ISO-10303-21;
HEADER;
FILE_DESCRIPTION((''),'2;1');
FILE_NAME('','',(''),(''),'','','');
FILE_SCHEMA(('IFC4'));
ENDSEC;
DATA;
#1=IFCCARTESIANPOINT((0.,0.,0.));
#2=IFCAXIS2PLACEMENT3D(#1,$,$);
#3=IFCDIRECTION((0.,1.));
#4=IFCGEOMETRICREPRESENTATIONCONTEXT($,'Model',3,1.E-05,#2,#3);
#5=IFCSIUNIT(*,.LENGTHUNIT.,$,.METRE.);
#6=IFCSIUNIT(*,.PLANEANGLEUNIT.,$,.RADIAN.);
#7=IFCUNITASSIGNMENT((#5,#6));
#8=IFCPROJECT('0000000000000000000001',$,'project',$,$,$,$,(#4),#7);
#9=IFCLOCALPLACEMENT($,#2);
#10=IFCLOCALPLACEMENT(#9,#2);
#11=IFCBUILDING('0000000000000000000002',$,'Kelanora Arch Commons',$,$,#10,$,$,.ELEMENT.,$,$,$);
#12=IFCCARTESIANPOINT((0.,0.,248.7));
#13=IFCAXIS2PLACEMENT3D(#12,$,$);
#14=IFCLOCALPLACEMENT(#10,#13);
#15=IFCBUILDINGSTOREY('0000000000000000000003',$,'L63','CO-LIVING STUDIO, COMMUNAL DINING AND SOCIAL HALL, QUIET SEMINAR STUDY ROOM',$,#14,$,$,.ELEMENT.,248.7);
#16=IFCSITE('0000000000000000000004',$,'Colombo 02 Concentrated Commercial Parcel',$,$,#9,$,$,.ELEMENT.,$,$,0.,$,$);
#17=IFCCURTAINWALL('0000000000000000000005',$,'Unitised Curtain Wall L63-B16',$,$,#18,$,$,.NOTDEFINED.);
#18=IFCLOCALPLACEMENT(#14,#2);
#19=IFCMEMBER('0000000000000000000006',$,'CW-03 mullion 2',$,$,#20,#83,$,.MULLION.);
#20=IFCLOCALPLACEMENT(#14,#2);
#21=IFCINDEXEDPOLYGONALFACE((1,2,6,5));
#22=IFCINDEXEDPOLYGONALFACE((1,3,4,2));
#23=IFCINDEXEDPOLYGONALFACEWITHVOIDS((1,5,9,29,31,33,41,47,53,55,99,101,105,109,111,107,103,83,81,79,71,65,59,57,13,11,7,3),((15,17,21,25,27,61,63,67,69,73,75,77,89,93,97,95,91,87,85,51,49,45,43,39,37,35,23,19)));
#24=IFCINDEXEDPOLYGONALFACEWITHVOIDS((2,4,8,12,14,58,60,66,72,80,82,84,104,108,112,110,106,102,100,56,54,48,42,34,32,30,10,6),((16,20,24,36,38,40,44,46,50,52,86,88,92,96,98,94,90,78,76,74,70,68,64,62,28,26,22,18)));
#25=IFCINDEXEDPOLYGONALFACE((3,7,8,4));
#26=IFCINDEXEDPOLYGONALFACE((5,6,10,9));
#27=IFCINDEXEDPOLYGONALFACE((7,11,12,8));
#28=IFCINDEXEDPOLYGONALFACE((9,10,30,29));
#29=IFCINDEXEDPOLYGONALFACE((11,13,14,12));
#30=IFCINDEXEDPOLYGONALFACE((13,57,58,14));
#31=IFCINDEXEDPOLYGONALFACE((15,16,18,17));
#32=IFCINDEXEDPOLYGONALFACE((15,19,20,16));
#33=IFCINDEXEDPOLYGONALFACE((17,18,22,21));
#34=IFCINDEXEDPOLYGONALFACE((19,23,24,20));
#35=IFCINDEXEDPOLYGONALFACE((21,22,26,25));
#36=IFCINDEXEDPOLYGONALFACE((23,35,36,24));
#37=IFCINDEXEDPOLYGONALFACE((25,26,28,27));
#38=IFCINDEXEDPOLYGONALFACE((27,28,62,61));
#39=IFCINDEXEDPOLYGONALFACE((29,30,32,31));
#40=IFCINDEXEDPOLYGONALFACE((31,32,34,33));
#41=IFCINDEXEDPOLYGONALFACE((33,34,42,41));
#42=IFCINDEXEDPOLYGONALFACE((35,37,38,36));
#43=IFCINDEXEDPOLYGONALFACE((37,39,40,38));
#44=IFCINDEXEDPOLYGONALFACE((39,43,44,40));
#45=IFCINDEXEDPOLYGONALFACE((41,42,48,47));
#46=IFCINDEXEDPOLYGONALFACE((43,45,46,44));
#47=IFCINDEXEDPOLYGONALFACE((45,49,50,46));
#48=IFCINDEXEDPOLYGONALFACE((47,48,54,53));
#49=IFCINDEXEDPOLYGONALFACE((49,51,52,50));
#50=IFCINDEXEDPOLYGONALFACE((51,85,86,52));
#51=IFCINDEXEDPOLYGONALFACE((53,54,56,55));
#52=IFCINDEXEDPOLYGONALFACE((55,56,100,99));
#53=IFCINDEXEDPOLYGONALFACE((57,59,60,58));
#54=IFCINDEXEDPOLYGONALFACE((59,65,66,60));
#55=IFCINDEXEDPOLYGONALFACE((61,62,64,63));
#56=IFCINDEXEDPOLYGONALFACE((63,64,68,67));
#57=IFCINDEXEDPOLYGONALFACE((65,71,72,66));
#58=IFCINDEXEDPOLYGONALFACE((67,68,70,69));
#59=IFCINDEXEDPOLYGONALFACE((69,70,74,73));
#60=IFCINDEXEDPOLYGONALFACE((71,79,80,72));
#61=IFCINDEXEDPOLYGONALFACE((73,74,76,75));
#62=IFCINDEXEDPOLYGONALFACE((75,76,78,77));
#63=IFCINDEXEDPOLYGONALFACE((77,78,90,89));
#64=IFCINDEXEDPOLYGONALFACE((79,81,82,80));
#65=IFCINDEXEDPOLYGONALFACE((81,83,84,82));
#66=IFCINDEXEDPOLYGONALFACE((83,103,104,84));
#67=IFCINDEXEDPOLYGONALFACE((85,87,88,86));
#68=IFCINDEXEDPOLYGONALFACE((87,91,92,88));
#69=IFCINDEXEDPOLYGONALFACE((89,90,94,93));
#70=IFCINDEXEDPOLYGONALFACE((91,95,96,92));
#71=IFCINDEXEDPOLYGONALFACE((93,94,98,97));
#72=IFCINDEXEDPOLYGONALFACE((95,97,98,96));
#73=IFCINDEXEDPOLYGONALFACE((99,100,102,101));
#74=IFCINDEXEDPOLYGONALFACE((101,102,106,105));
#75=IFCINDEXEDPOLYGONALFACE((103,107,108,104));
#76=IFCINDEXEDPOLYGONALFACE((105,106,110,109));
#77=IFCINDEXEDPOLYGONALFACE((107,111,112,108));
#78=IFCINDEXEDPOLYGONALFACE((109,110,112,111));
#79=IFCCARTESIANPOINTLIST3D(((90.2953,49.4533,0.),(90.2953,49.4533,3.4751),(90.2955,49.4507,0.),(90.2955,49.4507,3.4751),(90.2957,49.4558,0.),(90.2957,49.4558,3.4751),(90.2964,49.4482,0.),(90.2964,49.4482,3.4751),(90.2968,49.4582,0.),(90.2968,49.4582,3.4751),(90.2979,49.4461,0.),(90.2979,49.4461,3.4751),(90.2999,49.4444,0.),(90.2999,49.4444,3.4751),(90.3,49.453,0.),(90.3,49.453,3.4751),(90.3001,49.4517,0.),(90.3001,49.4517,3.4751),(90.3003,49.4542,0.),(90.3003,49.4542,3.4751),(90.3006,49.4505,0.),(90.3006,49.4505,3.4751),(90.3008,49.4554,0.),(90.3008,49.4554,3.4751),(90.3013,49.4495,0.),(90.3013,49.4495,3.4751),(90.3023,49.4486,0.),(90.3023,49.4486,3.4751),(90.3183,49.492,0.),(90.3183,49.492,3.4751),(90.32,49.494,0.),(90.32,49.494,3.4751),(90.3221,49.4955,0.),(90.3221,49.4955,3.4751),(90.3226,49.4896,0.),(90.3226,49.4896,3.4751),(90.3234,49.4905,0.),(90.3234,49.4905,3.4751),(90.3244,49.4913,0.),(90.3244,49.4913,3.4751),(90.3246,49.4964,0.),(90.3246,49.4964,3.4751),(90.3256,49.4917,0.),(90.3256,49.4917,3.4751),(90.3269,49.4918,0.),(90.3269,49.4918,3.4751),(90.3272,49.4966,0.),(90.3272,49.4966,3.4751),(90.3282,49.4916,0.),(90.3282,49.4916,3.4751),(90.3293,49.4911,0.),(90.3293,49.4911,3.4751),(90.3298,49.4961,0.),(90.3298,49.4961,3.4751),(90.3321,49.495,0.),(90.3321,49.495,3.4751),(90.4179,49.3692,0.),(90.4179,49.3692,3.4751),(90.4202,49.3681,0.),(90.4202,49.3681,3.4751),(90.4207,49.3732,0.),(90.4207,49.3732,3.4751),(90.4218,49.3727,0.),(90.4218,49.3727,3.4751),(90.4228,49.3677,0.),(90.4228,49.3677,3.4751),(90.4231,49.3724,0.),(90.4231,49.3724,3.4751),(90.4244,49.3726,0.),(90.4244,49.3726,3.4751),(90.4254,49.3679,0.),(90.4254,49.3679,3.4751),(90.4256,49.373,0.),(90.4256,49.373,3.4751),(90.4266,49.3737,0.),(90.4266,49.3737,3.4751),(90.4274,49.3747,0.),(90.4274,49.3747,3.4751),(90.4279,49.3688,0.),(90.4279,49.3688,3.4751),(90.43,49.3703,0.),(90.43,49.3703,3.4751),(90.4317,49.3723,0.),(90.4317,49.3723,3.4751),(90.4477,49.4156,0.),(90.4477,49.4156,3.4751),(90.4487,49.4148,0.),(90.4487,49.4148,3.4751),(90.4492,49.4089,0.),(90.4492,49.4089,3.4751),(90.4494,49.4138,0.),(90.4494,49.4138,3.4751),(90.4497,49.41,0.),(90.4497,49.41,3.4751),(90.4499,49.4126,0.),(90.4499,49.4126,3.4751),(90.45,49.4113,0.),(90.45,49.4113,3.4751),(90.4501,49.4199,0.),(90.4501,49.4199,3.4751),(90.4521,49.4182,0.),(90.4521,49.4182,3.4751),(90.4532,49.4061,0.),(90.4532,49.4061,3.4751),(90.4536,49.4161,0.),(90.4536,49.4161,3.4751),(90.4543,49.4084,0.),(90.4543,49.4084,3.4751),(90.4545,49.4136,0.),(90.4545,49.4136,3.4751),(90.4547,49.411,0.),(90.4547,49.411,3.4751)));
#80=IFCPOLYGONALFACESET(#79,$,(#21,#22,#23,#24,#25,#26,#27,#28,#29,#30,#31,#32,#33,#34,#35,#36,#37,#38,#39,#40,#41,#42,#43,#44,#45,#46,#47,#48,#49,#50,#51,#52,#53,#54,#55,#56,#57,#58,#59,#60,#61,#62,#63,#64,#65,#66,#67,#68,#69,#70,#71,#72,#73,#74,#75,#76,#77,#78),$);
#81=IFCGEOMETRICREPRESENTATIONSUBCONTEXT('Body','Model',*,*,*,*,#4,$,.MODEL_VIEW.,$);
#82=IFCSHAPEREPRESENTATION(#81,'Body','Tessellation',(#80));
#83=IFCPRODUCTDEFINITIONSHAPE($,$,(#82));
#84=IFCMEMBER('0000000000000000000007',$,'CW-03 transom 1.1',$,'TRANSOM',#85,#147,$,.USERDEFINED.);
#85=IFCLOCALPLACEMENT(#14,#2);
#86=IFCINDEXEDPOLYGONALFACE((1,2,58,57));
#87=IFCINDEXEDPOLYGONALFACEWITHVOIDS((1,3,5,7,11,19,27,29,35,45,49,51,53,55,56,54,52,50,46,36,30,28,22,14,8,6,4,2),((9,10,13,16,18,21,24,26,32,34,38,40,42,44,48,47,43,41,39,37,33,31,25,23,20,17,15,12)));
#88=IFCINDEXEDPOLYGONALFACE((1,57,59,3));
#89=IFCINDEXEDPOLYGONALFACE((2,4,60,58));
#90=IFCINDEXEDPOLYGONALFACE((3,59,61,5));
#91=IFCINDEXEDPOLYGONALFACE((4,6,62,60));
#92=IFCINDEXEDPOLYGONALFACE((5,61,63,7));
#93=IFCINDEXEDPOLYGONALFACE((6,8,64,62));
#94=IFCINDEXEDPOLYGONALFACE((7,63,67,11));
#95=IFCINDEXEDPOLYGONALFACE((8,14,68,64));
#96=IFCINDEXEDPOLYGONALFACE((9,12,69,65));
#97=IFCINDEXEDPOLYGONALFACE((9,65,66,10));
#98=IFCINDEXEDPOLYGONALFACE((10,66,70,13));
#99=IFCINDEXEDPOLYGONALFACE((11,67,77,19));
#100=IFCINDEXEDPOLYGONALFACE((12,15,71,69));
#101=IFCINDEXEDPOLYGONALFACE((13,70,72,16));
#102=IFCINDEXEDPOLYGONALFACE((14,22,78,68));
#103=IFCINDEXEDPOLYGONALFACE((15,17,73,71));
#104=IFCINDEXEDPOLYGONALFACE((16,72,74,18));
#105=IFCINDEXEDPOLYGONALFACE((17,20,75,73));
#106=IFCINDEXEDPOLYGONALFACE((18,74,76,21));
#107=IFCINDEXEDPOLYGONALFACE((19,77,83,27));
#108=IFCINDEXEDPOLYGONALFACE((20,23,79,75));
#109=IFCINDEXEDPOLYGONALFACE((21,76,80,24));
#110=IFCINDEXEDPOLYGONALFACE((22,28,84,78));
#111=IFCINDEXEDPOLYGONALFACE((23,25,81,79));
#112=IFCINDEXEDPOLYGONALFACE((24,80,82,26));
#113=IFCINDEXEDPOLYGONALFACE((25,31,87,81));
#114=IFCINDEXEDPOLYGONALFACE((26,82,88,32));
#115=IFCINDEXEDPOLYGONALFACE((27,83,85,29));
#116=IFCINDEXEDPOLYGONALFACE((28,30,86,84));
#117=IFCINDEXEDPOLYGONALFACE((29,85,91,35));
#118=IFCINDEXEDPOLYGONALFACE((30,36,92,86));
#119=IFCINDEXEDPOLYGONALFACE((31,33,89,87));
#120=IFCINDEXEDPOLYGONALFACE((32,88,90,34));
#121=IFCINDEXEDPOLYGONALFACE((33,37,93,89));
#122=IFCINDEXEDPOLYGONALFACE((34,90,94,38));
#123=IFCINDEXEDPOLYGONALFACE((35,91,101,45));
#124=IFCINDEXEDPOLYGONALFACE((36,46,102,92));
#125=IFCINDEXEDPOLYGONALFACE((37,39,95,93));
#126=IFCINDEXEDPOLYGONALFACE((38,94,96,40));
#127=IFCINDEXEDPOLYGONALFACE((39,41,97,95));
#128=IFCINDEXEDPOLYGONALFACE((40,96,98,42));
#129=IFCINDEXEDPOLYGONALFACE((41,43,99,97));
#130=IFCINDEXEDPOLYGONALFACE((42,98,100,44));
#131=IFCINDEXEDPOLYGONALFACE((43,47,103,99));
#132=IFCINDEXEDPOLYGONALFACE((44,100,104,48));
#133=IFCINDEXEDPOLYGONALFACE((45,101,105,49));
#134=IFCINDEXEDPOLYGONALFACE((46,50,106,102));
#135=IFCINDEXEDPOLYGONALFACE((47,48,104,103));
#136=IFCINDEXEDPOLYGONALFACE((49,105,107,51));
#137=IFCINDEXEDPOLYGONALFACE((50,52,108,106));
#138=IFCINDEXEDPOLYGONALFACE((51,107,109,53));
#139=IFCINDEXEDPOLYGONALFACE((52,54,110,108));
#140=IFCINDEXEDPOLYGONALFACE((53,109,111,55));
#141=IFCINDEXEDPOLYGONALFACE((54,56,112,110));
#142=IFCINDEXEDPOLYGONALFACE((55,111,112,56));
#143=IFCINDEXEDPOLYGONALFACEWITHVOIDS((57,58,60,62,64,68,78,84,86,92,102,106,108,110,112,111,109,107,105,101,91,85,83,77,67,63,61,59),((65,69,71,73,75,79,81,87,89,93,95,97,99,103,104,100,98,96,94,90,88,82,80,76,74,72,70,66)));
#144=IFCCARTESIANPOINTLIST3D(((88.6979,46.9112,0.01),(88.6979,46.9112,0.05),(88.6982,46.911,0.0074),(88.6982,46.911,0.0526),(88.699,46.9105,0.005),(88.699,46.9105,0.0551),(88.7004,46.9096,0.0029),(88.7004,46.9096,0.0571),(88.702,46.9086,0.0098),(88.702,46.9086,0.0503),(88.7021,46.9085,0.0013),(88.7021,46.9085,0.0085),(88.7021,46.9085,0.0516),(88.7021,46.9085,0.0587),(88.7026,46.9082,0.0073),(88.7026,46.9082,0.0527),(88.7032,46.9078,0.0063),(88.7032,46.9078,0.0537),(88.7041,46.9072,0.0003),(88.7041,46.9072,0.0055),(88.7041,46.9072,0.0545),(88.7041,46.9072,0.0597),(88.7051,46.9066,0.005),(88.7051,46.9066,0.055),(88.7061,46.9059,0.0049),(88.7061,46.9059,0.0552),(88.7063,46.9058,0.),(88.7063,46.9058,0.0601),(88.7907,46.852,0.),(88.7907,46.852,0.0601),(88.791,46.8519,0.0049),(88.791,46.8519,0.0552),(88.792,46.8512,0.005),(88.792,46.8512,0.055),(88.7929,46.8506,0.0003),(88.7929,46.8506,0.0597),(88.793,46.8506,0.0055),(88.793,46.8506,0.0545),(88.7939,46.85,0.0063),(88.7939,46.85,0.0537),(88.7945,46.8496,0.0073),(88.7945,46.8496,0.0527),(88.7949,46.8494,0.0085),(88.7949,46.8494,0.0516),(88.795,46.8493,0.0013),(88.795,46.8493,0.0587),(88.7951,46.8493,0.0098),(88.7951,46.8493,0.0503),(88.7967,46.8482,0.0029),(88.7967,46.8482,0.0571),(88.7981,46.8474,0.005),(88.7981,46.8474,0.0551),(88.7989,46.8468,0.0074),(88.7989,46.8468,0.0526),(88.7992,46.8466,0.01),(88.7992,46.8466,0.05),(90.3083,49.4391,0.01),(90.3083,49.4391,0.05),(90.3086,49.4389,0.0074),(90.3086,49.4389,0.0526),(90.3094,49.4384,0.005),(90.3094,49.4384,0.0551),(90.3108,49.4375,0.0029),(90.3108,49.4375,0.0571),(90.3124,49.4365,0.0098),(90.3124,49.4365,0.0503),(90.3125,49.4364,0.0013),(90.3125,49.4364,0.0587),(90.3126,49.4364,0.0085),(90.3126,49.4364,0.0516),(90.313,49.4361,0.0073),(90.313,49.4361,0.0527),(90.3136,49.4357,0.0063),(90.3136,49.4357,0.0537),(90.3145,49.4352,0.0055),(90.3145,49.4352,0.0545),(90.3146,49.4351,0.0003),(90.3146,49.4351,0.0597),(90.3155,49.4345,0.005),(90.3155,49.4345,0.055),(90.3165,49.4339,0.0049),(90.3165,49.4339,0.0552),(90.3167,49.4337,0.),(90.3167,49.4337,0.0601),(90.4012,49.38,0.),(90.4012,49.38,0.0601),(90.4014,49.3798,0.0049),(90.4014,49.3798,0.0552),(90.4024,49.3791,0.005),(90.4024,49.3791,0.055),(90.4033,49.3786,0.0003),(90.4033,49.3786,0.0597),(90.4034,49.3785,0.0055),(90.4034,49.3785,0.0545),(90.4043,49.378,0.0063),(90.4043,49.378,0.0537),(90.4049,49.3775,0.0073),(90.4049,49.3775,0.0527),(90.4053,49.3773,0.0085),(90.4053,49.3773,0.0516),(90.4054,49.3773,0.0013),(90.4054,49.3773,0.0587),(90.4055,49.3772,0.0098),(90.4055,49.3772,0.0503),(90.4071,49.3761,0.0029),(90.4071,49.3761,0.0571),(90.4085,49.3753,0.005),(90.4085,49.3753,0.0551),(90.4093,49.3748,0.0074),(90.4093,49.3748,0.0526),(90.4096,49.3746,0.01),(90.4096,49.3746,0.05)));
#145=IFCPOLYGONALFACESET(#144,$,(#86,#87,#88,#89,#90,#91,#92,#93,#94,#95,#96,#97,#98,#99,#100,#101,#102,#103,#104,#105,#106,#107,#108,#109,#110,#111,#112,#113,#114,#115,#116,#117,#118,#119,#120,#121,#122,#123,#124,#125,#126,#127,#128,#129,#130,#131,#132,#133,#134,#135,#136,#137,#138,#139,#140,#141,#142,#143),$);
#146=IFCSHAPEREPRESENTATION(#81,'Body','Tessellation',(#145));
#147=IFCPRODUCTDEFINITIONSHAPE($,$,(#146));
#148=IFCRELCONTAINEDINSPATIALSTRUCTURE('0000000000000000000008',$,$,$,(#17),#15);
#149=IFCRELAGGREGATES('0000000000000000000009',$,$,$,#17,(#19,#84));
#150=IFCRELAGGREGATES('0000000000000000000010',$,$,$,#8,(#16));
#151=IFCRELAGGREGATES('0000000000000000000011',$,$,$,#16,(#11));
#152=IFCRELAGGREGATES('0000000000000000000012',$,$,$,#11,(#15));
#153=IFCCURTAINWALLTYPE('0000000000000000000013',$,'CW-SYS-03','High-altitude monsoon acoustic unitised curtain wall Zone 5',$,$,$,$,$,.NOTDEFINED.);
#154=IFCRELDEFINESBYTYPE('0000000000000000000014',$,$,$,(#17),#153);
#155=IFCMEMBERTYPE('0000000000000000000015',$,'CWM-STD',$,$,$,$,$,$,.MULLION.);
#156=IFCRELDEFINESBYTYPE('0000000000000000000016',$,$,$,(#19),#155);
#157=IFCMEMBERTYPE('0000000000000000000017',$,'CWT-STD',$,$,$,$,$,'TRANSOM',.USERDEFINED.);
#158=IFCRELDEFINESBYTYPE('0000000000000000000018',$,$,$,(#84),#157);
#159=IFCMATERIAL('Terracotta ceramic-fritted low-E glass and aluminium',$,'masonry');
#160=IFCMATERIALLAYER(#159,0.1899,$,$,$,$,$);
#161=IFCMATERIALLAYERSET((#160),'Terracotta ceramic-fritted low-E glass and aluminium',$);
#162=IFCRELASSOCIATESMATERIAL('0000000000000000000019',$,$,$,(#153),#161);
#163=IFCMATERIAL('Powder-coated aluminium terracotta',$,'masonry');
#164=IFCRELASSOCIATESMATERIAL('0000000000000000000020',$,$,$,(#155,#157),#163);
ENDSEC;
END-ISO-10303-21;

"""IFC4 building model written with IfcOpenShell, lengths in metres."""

from ifc_helpers import new_model, si_unit, direction, frame, origin, origin_2d, place, context, subcontext, project, spatial, hollow_rectangle, extrude, material, layer, layer_set, material_profile, profile_set, type_object, element, aggregate, save


model = new_model("IFC4")

# Units and contexts
model_context = context("Model", 3, precision=1e-05, world=origin(), true_north=direction((0.0, 1.0)))
body_context = subcontext(model_context, "Body", "Model", "MODEL_VIEW")
ifc_project = project(units=[si_unit("LENGTHUNIT", "METRE"), si_unit("PLANEANGLEUNIT", "RADIAN")], contexts=[model_context])

# Site, building, storey
site_placement = place(None, origin())
site = spatial("IfcSite", under=ifc_project, at=site_placement, Name="Colombo 02 Concentrated Commercial Parcel", CompositionType="ELEMENT", RefElevation=0.0)
building_placement = place(site_placement, origin())
building = spatial("IfcBuilding", under=site, at=building_placement, Name="Kelanora Arch Commons", CompositionType="ELEMENT")
storey_placement = place(building_placement, frame((0.0, 0.0, 248.7)))
storey = spatial("IfcBuildingStorey", under=building, at=storey_placement, Name="L63", Description="CO-LIVING STUDIO, COMMUNAL DINING AND SOCIAL HALL, QUIET SEMINAR STUDY ROOM", CompositionType="ELEMENT", Elevation=248.7)

# Shared definitions
ifc_material_1 = material(Name="Terracotta ceramic-fritted low-E glass and aluminium", Category="masonry")
ifc_layer_1 = layer(ifc_material_1, 0.1899)
ifc_layer_set_1 = layer_set([ifc_layer_1], Name="Terracotta ceramic-fritted low-E glass and aluminium")
curtain_wall_type = type_object("IfcCurtainWallType", Name="CW-SYS-03", Description="High-altitude monsoon acoustic unitised curtain wall Zone 5", PredefinedType="NOTDEFINED", material=ifc_layer_set_1)
ifc_material_2 = material(Name="Powder-coated aluminium terracotta", Category="masonry")
ifc_material_profile_1 = material_profile(ifc_material_2, hollow_rectangle(XDim=0.1599, YDim=0.0601, WallThickness=0.0049, InnerFilletRadius=0.0049, OuterFilletRadius=0.01, at=origin_2d()), Name="CWM160x60")
ifc_profile_set_1 = profile_set([ifc_material_profile_1], Name="Powder-coated aluminium terracotta")
member_type_1 = type_object("IfcMemberType", Name="CWM-STD", PredefinedType="MULLION", material=ifc_profile_set_1)

# Curtain wall, members
curtain_wall_1_placement = place(storey_placement, origin())
curtain_wall_1 = element("IfcCurtainWall", 1, at=curtain_wall_1_placement, inside=storey, type_object=curtain_wall_type, Name="Unitised Curtain Wall L63-B16", PredefinedType="NOTDEFINED")
member_1_placement = place(storey_placement, frame((90.375, 49.4321, 0.0), z_axis=(0.0, 0.0, 1.0), x_axis=(-0.843391, 0.5373, 0.0)))
member_1 = element("IfcMember", 2, at=member_1_placement, type_object=member_type_1, Name="CW-03 mullion 2", PredefinedType="MULLION", context=body_context, shape_type="SweptSolid", body=[
    extrude(hollow_rectangle(XDim=0.1599, YDim=0.0601, WallThickness=0.0049, InnerFilletRadius=0.0049, OuterFilletRadius=0.01, at=origin_2d()), origin(), (0.0, 0.0, 1.0), 3.4751),
])
ifc_material_profile_2 = material_profile(ifc_material_2, hollow_rectangle(XDim=0.1201, YDim=0.0601, WallThickness=0.0049, InnerFilletRadius=0.0049, OuterFilletRadius=0.01, at=origin_2d()), Name="CWT120x60")
ifc_profile_set_2 = profile_set([ifc_material_profile_2], Name="Powder-coated aluminium terracotta")
member_type_2 = type_object("IfcMemberType", Name="CWT-STD", ElementType="TRANSOM", PredefinedType="USERDEFINED", material=ifc_profile_set_2)
member_2_placement = place(storey_placement, frame((88.7485, 46.8789, 0.03), z_axis=(0.537287, 0.8434, 0.0), x_axis=(-0.8434, 0.537287, 0.0)))
member_2 = element("IfcMember", 3, at=member_2_placement, type_object=member_type_2, Name="CW-03 transom 1.1", ObjectType="TRANSOM", PredefinedType="USERDEFINED", context=body_context, shape_type="SweptSolid", body=[
    extrude(hollow_rectangle(XDim=0.1201, YDim=0.0601, WallThickness=0.0049, InnerFilletRadius=0.0049, OuterFilletRadius=0.01, at=origin_2d()), origin(), (0.0, 0.0, 1.0), 2.9973),
])
aggregate(curtain_wall_1, [member_1, member_2])

save(model, "model.ifc")
